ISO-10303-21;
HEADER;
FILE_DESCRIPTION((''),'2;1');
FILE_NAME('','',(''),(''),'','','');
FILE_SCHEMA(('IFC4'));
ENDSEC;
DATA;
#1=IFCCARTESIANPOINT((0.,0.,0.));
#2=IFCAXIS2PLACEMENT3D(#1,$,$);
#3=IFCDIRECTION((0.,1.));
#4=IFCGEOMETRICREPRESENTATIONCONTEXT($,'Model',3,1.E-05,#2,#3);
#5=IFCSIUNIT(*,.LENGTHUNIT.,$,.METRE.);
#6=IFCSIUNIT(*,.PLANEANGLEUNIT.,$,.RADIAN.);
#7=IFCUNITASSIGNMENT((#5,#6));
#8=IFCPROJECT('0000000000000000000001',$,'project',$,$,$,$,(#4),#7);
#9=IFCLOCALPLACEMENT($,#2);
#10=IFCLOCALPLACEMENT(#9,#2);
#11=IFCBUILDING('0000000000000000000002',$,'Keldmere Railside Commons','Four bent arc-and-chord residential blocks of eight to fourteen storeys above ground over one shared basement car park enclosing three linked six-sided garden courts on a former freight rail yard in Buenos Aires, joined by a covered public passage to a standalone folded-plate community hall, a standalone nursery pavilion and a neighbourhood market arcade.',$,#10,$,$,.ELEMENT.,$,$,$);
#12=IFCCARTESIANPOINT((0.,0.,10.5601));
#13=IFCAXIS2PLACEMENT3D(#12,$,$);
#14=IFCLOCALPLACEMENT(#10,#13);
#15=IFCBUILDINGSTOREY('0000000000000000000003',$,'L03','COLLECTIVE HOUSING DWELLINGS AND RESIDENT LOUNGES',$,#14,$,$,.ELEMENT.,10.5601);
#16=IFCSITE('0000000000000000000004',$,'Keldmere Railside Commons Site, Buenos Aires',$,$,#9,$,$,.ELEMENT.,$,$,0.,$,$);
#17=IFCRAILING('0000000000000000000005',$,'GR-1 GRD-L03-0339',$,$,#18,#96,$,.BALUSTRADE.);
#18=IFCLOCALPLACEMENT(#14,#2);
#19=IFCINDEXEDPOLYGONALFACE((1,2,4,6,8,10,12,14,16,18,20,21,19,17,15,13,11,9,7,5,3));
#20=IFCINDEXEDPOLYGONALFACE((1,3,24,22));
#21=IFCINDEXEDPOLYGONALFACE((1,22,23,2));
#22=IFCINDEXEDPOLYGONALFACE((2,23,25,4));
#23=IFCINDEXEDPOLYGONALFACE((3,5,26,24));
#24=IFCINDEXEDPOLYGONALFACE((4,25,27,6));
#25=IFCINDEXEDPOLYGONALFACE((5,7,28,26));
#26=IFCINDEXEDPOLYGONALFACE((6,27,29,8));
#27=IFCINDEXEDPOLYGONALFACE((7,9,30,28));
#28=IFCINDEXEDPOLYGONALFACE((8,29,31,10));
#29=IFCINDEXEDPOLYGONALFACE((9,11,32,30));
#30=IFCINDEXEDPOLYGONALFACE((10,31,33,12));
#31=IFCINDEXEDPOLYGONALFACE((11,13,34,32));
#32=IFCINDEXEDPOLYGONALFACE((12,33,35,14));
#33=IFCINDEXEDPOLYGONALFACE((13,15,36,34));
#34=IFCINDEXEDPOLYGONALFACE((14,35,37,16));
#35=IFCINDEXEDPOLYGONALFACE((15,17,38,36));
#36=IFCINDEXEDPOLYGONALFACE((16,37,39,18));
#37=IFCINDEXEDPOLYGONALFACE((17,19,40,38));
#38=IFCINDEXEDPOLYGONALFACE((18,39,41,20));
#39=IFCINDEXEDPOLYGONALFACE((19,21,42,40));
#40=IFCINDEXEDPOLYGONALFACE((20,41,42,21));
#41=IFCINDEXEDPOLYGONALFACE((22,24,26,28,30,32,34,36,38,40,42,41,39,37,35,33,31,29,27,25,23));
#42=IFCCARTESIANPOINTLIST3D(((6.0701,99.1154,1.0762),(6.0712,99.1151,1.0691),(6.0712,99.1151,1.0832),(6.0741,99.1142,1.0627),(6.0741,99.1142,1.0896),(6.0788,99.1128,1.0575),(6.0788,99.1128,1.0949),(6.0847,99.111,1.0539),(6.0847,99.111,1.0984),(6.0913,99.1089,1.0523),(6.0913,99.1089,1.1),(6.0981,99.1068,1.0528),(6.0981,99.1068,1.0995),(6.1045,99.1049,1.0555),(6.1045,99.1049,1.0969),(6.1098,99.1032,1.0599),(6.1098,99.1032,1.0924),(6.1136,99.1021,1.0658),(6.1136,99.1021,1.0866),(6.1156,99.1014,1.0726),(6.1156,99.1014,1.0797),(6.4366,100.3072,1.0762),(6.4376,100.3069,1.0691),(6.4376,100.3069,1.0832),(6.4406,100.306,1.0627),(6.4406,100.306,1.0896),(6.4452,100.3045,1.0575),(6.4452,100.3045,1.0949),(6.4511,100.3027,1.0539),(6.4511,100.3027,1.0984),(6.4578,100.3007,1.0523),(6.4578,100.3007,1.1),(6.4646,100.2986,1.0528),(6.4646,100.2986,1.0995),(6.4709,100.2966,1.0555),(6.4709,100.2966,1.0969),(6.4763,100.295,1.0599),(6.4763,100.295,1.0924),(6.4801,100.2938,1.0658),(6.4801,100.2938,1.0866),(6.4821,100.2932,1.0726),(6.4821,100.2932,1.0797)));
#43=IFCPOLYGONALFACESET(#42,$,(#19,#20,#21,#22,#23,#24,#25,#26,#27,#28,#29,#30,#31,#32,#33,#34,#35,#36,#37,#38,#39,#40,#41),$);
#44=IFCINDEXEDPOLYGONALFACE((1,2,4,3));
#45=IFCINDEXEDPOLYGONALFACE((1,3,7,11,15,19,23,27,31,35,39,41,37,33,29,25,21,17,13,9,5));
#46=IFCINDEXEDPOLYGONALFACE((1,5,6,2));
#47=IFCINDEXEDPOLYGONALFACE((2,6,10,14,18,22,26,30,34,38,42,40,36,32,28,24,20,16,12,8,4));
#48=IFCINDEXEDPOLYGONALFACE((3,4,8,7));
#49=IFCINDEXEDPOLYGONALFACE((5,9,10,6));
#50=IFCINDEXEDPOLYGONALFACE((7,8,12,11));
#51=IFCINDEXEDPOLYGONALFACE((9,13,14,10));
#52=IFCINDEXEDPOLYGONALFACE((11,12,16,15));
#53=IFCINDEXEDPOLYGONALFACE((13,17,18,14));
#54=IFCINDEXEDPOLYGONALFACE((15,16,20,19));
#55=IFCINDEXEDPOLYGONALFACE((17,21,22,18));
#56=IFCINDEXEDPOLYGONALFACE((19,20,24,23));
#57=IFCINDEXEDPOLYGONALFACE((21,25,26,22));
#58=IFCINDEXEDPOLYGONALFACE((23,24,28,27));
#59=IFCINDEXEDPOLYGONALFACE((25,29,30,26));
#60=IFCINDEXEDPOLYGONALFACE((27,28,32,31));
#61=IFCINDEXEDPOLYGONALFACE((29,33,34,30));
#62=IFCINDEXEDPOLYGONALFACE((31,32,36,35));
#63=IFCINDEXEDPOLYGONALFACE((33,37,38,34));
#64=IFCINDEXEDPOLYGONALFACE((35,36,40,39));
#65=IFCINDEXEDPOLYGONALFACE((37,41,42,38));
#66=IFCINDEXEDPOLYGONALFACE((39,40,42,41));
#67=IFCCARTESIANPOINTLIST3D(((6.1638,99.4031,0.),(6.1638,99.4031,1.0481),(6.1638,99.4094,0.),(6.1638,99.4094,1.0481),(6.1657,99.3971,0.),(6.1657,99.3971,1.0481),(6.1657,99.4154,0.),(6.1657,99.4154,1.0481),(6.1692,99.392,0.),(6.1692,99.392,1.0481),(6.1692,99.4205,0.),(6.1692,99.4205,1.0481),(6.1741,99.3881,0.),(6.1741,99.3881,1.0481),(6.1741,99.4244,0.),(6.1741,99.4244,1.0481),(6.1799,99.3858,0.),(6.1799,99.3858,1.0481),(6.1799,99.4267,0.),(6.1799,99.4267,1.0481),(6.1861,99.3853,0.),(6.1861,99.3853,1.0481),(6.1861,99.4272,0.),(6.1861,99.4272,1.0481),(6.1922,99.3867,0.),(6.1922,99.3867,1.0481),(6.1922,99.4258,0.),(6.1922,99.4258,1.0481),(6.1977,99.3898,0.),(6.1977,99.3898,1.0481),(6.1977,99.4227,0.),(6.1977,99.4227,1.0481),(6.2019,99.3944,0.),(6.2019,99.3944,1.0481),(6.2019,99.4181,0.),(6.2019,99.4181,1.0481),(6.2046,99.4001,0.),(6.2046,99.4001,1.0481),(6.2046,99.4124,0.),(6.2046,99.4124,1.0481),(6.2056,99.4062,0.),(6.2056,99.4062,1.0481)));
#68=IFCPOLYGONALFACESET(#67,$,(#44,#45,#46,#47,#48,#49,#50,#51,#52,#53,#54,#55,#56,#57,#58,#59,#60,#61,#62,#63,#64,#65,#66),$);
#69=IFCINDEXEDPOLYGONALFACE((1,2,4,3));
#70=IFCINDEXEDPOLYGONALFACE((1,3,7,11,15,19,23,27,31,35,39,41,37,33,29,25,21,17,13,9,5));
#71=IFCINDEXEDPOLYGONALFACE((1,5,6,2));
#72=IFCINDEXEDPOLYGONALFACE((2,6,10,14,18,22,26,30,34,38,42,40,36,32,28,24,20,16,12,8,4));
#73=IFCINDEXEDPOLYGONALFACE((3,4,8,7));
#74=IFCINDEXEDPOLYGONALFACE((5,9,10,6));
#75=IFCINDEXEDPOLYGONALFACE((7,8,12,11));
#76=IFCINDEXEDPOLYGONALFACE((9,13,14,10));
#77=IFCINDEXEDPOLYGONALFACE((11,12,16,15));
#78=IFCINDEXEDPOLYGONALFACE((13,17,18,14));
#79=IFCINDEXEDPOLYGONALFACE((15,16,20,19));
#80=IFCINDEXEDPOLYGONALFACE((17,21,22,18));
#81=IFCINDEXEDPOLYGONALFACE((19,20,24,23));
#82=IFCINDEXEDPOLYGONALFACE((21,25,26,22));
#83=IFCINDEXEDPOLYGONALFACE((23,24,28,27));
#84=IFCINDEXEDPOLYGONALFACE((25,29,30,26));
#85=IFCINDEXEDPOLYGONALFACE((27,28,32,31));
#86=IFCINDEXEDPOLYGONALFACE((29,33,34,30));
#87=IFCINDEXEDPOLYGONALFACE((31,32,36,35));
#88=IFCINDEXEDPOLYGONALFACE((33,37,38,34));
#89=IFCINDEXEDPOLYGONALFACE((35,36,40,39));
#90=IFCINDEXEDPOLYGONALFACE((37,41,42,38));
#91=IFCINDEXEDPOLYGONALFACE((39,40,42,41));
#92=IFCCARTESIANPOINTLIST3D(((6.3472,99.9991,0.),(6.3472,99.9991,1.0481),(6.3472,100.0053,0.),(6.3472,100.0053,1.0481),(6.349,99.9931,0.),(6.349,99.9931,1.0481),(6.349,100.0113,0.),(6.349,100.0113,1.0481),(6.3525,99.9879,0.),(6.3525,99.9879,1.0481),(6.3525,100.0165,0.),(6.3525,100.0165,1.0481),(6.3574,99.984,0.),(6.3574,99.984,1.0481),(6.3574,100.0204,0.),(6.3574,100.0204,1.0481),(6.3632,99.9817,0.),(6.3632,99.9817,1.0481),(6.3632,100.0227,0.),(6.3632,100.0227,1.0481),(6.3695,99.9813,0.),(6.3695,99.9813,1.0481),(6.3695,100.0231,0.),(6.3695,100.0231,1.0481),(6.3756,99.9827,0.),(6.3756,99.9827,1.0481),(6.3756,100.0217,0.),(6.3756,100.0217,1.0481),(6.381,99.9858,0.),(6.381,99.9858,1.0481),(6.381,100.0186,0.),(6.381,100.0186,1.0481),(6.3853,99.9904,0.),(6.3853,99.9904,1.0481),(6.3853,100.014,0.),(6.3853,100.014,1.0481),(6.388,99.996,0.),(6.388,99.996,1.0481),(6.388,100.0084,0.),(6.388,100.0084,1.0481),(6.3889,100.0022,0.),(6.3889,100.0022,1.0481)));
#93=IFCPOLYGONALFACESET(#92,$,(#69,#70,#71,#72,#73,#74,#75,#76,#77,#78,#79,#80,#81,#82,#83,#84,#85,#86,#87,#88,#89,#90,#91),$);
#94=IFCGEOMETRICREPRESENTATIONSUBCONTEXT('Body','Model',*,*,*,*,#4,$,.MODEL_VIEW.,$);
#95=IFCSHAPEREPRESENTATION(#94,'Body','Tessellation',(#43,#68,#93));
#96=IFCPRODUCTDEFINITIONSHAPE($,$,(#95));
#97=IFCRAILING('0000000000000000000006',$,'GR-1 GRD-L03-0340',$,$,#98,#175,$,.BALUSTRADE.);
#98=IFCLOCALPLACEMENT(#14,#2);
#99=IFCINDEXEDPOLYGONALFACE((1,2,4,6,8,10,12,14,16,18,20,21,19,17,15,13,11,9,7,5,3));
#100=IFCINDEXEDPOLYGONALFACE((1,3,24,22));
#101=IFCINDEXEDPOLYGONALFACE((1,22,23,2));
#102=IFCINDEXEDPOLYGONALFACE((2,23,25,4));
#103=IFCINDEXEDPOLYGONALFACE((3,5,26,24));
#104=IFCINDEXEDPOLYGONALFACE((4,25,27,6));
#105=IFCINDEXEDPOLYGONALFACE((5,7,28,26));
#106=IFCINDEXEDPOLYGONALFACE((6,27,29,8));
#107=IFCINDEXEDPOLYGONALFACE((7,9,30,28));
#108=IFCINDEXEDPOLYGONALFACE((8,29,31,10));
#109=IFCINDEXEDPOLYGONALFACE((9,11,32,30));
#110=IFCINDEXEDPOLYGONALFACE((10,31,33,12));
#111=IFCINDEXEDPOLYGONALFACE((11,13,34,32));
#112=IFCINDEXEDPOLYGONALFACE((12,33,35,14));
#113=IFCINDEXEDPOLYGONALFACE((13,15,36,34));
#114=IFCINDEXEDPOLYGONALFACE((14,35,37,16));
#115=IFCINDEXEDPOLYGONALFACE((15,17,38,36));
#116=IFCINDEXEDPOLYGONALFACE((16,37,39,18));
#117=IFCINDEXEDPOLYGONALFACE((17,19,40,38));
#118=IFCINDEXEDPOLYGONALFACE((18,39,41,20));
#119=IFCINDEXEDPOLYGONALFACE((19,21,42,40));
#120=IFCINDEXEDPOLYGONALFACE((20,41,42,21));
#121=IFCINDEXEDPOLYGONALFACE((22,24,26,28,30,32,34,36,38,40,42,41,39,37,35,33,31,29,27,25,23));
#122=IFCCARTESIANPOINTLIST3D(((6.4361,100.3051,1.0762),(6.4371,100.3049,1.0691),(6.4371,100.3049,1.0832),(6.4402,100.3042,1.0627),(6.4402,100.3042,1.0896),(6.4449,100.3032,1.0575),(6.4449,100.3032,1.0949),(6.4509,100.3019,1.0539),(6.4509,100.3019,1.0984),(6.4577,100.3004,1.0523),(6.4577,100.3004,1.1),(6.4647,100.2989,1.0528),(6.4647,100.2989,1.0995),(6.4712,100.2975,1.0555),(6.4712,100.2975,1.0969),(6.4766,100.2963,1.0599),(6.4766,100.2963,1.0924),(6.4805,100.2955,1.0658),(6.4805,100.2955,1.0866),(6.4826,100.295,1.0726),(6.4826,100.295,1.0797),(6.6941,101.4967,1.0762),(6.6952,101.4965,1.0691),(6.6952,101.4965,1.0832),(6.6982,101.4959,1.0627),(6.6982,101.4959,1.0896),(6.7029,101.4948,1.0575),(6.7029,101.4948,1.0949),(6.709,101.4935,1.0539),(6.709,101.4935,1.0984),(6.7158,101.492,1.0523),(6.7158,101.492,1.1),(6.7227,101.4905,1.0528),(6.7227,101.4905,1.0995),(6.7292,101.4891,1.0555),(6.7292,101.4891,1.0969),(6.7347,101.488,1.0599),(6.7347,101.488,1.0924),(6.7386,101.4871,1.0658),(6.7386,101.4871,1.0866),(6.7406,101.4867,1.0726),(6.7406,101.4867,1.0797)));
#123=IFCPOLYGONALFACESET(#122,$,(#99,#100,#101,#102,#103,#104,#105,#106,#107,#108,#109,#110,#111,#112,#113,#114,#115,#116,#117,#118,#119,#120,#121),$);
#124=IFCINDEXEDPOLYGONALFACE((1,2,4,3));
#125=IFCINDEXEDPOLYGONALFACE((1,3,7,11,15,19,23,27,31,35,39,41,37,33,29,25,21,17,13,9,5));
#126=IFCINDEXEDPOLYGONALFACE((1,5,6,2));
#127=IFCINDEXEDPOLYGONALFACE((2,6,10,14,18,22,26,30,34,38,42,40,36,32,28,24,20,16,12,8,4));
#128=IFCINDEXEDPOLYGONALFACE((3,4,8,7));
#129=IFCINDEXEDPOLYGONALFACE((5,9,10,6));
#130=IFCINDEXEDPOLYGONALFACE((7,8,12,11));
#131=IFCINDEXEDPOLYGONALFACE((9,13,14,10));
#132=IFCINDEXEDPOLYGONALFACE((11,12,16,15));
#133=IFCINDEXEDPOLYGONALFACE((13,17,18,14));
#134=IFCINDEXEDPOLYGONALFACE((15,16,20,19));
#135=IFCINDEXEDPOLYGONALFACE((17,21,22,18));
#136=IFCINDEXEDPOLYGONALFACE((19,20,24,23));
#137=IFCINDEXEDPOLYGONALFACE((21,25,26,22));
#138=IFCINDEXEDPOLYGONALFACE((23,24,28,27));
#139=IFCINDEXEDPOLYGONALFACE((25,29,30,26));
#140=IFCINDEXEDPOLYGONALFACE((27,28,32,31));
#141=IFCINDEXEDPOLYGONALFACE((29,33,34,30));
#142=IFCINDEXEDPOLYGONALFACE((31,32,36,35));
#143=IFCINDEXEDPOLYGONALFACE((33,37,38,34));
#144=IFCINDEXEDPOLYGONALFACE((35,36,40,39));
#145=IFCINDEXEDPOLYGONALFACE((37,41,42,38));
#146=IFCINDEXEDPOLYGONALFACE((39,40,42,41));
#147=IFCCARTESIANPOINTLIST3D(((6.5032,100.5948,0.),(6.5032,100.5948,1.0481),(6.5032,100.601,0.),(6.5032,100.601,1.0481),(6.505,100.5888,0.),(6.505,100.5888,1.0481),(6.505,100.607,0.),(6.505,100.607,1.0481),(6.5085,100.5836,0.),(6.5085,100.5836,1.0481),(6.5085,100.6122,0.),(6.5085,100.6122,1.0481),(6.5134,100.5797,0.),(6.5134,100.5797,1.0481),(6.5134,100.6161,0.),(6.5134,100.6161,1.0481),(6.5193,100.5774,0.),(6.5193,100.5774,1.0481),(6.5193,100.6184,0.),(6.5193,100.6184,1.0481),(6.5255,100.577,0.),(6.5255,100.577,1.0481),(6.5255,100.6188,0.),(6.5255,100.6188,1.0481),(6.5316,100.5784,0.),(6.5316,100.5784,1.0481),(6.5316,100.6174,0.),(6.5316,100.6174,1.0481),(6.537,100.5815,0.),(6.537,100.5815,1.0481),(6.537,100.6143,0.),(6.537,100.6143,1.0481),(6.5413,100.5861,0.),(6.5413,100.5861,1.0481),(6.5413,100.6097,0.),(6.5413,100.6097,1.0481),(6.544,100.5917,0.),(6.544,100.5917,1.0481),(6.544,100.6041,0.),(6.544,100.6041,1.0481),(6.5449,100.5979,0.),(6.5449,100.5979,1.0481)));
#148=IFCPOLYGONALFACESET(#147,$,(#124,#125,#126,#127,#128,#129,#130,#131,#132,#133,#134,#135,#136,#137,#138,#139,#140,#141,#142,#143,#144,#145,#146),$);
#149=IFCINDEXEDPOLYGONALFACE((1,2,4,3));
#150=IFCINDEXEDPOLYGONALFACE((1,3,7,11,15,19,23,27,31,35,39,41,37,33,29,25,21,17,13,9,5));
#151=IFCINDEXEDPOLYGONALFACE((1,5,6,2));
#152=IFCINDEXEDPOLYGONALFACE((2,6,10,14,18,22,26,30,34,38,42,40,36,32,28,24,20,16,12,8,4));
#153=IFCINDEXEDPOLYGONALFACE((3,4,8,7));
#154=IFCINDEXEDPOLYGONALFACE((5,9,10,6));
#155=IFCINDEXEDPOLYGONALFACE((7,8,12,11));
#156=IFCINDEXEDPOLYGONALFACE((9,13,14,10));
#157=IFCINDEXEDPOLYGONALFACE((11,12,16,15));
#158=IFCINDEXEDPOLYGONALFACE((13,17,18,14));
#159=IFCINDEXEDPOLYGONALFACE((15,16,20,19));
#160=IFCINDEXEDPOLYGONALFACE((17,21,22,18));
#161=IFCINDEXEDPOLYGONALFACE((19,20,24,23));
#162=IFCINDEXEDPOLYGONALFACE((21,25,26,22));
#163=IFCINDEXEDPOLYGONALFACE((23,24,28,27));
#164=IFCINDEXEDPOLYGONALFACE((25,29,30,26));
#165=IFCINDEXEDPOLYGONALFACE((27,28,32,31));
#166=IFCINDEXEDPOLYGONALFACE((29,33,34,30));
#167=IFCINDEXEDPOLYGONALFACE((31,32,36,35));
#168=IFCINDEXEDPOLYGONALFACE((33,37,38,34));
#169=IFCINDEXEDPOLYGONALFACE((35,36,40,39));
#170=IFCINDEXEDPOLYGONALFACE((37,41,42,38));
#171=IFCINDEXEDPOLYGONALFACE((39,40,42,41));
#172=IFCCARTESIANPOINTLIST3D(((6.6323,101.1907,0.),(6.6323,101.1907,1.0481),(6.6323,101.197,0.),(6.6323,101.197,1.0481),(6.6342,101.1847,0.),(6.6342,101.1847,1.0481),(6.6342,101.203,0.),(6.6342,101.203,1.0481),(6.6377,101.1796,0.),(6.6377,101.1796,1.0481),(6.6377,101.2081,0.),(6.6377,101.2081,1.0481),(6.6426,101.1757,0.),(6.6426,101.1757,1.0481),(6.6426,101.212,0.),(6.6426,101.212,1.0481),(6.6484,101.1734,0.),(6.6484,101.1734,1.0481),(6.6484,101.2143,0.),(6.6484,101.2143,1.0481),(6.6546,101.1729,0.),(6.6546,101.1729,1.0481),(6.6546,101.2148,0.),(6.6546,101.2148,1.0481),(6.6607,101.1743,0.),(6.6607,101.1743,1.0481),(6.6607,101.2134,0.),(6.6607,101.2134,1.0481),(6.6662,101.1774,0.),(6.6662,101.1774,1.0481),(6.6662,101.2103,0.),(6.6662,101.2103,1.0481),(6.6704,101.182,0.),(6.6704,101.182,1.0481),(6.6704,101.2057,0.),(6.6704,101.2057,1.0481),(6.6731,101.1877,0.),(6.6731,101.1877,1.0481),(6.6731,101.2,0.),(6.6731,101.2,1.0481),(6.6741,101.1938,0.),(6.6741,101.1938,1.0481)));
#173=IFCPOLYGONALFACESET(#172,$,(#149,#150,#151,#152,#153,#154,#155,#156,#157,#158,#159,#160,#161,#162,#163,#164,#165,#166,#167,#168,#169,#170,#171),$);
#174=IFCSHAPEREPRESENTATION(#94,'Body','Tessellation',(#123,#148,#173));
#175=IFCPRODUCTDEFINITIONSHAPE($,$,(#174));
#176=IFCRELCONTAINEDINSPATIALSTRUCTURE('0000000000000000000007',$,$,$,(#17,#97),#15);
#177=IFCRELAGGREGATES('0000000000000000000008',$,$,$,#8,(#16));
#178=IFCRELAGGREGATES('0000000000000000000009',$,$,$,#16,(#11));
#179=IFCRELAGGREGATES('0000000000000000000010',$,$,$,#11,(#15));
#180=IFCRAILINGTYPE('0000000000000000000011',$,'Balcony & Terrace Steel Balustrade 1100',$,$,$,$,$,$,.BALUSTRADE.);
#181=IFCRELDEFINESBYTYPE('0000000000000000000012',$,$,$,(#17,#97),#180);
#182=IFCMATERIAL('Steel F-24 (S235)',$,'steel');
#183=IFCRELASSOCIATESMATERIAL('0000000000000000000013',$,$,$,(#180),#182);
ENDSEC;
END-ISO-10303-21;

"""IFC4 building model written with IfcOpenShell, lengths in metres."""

from ifc_helpers import new_model, si_unit, direction, frame, origin, origin_2d, place, context, subcontext, project, spatial, circle, extrude, material, type_object, element, save


model = new_model("IFC4")

# Units and contexts
model_context = context("Model", 3, precision=1e-05, world=origin(), true_north=direction((0.0, 1.0)))
body_context = subcontext(model_context, "Body", "Model", "MODEL_VIEW")
ifc_project = project(units=[si_unit("LENGTHUNIT", "METRE"), si_unit("PLANEANGLEUNIT", "RADIAN")], contexts=[model_context])

# Site, building, storey
site_placement = place(None, origin())
site = spatial("IfcSite", under=ifc_project, at=site_placement, Name="Keldmere Railside Commons Site, Buenos Aires", CompositionType="ELEMENT", RefElevation=0.0)
building_placement = place(site_placement, origin())
building = spatial("IfcBuilding", under=site, at=building_placement, Name="Keldmere Railside Commons", Description="Four bent arc-and-chord residential blocks of eight to fourteen storeys above ground over one shared basement car park enclosing three linked six-sided garden courts on a former freight rail yard in Buenos Aires, joined by a covered public passage to a standalone folded-plate community hall, a standalone nursery pavilion and a neighbourhood market arcade.", CompositionType="ELEMENT")
storey_placement = place(building_placement, frame((0.0, 0.0, 10.5601)))
storey = spatial("IfcBuildingStorey", under=building, at=storey_placement, Name="L03", Description="COLLECTIVE HOUSING DWELLINGS AND RESIDENT LOUNGES", CompositionType="ELEMENT", Elevation=10.5601)

# Shared definitions
ifc_material_1 = material(Name="Steel F-24 (S235)", Category="steel")

# Railings
railing_type = type_object("IfcRailingType", Name="Balcony & Terrace Steel Balustrade 1100", PredefinedType="BALUSTRADE", material=ifc_material_1)
railing_1_placement = place(storey_placement, frame((6.093, 99.1084, 0.0)))
element("IfcRailing", 1, at=railing_1_placement, inside=storey, type_object=railing_type, Name="GR-1 GRD-L03-0339", PredefinedType="BALUSTRADE", context=body_context, shape_type="SweptSolid", body=[
    extrude(circle(Radius=0.0239, at=origin_2d()), frame((0.0, 0.0, 1.0762), z_axis=(0.293934, 0.955826, 0.0), x_axis=(-0.955826, 0.293934, 0.0)), (0.0, 0.0, 1.0), 1.2468),
    extrude(circle(Radius=0.021, at=origin_2d()), frame((0.0916, 0.2979, 0.0)), (0.0, 0.0, 1.0), 1.0481),
    extrude(circle(Radius=0.021, at=origin_2d()), frame((0.2749, 0.8938, 0.0)), (0.0, 0.0, 1.0), 1.0481),
])
railing_2_placement = place(storey_placement, frame((6.4595, 100.3, 0.0)))
element("IfcRailing", 2, at=railing_2_placement, inside=storey, type_object=railing_type, Name="GR-1 GRD-L03-0340", PredefinedType="BALUSTRADE", context=body_context, shape_type="SweptSolid", body=[
    extrude(circle(Radius=0.0239, at=origin_2d()), frame((0.0, 0.0, 1.0762), z_axis=(0.211648, 0.977346, 0.0), x_axis=(-0.977346, 0.211648, 0.0)), (0.0, 0.0, 1.0), 1.2192),
    extrude(circle(Radius=0.021, at=origin_2d()), frame((0.0645, 0.2979, 0.0)), (0.0, 0.0, 1.0), 1.0481),
    extrude(circle(Radius=0.021, at=origin_2d()), frame((0.1936, 0.8938, 0.0)), (0.0, 0.0, 1.0), 1.0481),
])

save(model, "model.ifc")
